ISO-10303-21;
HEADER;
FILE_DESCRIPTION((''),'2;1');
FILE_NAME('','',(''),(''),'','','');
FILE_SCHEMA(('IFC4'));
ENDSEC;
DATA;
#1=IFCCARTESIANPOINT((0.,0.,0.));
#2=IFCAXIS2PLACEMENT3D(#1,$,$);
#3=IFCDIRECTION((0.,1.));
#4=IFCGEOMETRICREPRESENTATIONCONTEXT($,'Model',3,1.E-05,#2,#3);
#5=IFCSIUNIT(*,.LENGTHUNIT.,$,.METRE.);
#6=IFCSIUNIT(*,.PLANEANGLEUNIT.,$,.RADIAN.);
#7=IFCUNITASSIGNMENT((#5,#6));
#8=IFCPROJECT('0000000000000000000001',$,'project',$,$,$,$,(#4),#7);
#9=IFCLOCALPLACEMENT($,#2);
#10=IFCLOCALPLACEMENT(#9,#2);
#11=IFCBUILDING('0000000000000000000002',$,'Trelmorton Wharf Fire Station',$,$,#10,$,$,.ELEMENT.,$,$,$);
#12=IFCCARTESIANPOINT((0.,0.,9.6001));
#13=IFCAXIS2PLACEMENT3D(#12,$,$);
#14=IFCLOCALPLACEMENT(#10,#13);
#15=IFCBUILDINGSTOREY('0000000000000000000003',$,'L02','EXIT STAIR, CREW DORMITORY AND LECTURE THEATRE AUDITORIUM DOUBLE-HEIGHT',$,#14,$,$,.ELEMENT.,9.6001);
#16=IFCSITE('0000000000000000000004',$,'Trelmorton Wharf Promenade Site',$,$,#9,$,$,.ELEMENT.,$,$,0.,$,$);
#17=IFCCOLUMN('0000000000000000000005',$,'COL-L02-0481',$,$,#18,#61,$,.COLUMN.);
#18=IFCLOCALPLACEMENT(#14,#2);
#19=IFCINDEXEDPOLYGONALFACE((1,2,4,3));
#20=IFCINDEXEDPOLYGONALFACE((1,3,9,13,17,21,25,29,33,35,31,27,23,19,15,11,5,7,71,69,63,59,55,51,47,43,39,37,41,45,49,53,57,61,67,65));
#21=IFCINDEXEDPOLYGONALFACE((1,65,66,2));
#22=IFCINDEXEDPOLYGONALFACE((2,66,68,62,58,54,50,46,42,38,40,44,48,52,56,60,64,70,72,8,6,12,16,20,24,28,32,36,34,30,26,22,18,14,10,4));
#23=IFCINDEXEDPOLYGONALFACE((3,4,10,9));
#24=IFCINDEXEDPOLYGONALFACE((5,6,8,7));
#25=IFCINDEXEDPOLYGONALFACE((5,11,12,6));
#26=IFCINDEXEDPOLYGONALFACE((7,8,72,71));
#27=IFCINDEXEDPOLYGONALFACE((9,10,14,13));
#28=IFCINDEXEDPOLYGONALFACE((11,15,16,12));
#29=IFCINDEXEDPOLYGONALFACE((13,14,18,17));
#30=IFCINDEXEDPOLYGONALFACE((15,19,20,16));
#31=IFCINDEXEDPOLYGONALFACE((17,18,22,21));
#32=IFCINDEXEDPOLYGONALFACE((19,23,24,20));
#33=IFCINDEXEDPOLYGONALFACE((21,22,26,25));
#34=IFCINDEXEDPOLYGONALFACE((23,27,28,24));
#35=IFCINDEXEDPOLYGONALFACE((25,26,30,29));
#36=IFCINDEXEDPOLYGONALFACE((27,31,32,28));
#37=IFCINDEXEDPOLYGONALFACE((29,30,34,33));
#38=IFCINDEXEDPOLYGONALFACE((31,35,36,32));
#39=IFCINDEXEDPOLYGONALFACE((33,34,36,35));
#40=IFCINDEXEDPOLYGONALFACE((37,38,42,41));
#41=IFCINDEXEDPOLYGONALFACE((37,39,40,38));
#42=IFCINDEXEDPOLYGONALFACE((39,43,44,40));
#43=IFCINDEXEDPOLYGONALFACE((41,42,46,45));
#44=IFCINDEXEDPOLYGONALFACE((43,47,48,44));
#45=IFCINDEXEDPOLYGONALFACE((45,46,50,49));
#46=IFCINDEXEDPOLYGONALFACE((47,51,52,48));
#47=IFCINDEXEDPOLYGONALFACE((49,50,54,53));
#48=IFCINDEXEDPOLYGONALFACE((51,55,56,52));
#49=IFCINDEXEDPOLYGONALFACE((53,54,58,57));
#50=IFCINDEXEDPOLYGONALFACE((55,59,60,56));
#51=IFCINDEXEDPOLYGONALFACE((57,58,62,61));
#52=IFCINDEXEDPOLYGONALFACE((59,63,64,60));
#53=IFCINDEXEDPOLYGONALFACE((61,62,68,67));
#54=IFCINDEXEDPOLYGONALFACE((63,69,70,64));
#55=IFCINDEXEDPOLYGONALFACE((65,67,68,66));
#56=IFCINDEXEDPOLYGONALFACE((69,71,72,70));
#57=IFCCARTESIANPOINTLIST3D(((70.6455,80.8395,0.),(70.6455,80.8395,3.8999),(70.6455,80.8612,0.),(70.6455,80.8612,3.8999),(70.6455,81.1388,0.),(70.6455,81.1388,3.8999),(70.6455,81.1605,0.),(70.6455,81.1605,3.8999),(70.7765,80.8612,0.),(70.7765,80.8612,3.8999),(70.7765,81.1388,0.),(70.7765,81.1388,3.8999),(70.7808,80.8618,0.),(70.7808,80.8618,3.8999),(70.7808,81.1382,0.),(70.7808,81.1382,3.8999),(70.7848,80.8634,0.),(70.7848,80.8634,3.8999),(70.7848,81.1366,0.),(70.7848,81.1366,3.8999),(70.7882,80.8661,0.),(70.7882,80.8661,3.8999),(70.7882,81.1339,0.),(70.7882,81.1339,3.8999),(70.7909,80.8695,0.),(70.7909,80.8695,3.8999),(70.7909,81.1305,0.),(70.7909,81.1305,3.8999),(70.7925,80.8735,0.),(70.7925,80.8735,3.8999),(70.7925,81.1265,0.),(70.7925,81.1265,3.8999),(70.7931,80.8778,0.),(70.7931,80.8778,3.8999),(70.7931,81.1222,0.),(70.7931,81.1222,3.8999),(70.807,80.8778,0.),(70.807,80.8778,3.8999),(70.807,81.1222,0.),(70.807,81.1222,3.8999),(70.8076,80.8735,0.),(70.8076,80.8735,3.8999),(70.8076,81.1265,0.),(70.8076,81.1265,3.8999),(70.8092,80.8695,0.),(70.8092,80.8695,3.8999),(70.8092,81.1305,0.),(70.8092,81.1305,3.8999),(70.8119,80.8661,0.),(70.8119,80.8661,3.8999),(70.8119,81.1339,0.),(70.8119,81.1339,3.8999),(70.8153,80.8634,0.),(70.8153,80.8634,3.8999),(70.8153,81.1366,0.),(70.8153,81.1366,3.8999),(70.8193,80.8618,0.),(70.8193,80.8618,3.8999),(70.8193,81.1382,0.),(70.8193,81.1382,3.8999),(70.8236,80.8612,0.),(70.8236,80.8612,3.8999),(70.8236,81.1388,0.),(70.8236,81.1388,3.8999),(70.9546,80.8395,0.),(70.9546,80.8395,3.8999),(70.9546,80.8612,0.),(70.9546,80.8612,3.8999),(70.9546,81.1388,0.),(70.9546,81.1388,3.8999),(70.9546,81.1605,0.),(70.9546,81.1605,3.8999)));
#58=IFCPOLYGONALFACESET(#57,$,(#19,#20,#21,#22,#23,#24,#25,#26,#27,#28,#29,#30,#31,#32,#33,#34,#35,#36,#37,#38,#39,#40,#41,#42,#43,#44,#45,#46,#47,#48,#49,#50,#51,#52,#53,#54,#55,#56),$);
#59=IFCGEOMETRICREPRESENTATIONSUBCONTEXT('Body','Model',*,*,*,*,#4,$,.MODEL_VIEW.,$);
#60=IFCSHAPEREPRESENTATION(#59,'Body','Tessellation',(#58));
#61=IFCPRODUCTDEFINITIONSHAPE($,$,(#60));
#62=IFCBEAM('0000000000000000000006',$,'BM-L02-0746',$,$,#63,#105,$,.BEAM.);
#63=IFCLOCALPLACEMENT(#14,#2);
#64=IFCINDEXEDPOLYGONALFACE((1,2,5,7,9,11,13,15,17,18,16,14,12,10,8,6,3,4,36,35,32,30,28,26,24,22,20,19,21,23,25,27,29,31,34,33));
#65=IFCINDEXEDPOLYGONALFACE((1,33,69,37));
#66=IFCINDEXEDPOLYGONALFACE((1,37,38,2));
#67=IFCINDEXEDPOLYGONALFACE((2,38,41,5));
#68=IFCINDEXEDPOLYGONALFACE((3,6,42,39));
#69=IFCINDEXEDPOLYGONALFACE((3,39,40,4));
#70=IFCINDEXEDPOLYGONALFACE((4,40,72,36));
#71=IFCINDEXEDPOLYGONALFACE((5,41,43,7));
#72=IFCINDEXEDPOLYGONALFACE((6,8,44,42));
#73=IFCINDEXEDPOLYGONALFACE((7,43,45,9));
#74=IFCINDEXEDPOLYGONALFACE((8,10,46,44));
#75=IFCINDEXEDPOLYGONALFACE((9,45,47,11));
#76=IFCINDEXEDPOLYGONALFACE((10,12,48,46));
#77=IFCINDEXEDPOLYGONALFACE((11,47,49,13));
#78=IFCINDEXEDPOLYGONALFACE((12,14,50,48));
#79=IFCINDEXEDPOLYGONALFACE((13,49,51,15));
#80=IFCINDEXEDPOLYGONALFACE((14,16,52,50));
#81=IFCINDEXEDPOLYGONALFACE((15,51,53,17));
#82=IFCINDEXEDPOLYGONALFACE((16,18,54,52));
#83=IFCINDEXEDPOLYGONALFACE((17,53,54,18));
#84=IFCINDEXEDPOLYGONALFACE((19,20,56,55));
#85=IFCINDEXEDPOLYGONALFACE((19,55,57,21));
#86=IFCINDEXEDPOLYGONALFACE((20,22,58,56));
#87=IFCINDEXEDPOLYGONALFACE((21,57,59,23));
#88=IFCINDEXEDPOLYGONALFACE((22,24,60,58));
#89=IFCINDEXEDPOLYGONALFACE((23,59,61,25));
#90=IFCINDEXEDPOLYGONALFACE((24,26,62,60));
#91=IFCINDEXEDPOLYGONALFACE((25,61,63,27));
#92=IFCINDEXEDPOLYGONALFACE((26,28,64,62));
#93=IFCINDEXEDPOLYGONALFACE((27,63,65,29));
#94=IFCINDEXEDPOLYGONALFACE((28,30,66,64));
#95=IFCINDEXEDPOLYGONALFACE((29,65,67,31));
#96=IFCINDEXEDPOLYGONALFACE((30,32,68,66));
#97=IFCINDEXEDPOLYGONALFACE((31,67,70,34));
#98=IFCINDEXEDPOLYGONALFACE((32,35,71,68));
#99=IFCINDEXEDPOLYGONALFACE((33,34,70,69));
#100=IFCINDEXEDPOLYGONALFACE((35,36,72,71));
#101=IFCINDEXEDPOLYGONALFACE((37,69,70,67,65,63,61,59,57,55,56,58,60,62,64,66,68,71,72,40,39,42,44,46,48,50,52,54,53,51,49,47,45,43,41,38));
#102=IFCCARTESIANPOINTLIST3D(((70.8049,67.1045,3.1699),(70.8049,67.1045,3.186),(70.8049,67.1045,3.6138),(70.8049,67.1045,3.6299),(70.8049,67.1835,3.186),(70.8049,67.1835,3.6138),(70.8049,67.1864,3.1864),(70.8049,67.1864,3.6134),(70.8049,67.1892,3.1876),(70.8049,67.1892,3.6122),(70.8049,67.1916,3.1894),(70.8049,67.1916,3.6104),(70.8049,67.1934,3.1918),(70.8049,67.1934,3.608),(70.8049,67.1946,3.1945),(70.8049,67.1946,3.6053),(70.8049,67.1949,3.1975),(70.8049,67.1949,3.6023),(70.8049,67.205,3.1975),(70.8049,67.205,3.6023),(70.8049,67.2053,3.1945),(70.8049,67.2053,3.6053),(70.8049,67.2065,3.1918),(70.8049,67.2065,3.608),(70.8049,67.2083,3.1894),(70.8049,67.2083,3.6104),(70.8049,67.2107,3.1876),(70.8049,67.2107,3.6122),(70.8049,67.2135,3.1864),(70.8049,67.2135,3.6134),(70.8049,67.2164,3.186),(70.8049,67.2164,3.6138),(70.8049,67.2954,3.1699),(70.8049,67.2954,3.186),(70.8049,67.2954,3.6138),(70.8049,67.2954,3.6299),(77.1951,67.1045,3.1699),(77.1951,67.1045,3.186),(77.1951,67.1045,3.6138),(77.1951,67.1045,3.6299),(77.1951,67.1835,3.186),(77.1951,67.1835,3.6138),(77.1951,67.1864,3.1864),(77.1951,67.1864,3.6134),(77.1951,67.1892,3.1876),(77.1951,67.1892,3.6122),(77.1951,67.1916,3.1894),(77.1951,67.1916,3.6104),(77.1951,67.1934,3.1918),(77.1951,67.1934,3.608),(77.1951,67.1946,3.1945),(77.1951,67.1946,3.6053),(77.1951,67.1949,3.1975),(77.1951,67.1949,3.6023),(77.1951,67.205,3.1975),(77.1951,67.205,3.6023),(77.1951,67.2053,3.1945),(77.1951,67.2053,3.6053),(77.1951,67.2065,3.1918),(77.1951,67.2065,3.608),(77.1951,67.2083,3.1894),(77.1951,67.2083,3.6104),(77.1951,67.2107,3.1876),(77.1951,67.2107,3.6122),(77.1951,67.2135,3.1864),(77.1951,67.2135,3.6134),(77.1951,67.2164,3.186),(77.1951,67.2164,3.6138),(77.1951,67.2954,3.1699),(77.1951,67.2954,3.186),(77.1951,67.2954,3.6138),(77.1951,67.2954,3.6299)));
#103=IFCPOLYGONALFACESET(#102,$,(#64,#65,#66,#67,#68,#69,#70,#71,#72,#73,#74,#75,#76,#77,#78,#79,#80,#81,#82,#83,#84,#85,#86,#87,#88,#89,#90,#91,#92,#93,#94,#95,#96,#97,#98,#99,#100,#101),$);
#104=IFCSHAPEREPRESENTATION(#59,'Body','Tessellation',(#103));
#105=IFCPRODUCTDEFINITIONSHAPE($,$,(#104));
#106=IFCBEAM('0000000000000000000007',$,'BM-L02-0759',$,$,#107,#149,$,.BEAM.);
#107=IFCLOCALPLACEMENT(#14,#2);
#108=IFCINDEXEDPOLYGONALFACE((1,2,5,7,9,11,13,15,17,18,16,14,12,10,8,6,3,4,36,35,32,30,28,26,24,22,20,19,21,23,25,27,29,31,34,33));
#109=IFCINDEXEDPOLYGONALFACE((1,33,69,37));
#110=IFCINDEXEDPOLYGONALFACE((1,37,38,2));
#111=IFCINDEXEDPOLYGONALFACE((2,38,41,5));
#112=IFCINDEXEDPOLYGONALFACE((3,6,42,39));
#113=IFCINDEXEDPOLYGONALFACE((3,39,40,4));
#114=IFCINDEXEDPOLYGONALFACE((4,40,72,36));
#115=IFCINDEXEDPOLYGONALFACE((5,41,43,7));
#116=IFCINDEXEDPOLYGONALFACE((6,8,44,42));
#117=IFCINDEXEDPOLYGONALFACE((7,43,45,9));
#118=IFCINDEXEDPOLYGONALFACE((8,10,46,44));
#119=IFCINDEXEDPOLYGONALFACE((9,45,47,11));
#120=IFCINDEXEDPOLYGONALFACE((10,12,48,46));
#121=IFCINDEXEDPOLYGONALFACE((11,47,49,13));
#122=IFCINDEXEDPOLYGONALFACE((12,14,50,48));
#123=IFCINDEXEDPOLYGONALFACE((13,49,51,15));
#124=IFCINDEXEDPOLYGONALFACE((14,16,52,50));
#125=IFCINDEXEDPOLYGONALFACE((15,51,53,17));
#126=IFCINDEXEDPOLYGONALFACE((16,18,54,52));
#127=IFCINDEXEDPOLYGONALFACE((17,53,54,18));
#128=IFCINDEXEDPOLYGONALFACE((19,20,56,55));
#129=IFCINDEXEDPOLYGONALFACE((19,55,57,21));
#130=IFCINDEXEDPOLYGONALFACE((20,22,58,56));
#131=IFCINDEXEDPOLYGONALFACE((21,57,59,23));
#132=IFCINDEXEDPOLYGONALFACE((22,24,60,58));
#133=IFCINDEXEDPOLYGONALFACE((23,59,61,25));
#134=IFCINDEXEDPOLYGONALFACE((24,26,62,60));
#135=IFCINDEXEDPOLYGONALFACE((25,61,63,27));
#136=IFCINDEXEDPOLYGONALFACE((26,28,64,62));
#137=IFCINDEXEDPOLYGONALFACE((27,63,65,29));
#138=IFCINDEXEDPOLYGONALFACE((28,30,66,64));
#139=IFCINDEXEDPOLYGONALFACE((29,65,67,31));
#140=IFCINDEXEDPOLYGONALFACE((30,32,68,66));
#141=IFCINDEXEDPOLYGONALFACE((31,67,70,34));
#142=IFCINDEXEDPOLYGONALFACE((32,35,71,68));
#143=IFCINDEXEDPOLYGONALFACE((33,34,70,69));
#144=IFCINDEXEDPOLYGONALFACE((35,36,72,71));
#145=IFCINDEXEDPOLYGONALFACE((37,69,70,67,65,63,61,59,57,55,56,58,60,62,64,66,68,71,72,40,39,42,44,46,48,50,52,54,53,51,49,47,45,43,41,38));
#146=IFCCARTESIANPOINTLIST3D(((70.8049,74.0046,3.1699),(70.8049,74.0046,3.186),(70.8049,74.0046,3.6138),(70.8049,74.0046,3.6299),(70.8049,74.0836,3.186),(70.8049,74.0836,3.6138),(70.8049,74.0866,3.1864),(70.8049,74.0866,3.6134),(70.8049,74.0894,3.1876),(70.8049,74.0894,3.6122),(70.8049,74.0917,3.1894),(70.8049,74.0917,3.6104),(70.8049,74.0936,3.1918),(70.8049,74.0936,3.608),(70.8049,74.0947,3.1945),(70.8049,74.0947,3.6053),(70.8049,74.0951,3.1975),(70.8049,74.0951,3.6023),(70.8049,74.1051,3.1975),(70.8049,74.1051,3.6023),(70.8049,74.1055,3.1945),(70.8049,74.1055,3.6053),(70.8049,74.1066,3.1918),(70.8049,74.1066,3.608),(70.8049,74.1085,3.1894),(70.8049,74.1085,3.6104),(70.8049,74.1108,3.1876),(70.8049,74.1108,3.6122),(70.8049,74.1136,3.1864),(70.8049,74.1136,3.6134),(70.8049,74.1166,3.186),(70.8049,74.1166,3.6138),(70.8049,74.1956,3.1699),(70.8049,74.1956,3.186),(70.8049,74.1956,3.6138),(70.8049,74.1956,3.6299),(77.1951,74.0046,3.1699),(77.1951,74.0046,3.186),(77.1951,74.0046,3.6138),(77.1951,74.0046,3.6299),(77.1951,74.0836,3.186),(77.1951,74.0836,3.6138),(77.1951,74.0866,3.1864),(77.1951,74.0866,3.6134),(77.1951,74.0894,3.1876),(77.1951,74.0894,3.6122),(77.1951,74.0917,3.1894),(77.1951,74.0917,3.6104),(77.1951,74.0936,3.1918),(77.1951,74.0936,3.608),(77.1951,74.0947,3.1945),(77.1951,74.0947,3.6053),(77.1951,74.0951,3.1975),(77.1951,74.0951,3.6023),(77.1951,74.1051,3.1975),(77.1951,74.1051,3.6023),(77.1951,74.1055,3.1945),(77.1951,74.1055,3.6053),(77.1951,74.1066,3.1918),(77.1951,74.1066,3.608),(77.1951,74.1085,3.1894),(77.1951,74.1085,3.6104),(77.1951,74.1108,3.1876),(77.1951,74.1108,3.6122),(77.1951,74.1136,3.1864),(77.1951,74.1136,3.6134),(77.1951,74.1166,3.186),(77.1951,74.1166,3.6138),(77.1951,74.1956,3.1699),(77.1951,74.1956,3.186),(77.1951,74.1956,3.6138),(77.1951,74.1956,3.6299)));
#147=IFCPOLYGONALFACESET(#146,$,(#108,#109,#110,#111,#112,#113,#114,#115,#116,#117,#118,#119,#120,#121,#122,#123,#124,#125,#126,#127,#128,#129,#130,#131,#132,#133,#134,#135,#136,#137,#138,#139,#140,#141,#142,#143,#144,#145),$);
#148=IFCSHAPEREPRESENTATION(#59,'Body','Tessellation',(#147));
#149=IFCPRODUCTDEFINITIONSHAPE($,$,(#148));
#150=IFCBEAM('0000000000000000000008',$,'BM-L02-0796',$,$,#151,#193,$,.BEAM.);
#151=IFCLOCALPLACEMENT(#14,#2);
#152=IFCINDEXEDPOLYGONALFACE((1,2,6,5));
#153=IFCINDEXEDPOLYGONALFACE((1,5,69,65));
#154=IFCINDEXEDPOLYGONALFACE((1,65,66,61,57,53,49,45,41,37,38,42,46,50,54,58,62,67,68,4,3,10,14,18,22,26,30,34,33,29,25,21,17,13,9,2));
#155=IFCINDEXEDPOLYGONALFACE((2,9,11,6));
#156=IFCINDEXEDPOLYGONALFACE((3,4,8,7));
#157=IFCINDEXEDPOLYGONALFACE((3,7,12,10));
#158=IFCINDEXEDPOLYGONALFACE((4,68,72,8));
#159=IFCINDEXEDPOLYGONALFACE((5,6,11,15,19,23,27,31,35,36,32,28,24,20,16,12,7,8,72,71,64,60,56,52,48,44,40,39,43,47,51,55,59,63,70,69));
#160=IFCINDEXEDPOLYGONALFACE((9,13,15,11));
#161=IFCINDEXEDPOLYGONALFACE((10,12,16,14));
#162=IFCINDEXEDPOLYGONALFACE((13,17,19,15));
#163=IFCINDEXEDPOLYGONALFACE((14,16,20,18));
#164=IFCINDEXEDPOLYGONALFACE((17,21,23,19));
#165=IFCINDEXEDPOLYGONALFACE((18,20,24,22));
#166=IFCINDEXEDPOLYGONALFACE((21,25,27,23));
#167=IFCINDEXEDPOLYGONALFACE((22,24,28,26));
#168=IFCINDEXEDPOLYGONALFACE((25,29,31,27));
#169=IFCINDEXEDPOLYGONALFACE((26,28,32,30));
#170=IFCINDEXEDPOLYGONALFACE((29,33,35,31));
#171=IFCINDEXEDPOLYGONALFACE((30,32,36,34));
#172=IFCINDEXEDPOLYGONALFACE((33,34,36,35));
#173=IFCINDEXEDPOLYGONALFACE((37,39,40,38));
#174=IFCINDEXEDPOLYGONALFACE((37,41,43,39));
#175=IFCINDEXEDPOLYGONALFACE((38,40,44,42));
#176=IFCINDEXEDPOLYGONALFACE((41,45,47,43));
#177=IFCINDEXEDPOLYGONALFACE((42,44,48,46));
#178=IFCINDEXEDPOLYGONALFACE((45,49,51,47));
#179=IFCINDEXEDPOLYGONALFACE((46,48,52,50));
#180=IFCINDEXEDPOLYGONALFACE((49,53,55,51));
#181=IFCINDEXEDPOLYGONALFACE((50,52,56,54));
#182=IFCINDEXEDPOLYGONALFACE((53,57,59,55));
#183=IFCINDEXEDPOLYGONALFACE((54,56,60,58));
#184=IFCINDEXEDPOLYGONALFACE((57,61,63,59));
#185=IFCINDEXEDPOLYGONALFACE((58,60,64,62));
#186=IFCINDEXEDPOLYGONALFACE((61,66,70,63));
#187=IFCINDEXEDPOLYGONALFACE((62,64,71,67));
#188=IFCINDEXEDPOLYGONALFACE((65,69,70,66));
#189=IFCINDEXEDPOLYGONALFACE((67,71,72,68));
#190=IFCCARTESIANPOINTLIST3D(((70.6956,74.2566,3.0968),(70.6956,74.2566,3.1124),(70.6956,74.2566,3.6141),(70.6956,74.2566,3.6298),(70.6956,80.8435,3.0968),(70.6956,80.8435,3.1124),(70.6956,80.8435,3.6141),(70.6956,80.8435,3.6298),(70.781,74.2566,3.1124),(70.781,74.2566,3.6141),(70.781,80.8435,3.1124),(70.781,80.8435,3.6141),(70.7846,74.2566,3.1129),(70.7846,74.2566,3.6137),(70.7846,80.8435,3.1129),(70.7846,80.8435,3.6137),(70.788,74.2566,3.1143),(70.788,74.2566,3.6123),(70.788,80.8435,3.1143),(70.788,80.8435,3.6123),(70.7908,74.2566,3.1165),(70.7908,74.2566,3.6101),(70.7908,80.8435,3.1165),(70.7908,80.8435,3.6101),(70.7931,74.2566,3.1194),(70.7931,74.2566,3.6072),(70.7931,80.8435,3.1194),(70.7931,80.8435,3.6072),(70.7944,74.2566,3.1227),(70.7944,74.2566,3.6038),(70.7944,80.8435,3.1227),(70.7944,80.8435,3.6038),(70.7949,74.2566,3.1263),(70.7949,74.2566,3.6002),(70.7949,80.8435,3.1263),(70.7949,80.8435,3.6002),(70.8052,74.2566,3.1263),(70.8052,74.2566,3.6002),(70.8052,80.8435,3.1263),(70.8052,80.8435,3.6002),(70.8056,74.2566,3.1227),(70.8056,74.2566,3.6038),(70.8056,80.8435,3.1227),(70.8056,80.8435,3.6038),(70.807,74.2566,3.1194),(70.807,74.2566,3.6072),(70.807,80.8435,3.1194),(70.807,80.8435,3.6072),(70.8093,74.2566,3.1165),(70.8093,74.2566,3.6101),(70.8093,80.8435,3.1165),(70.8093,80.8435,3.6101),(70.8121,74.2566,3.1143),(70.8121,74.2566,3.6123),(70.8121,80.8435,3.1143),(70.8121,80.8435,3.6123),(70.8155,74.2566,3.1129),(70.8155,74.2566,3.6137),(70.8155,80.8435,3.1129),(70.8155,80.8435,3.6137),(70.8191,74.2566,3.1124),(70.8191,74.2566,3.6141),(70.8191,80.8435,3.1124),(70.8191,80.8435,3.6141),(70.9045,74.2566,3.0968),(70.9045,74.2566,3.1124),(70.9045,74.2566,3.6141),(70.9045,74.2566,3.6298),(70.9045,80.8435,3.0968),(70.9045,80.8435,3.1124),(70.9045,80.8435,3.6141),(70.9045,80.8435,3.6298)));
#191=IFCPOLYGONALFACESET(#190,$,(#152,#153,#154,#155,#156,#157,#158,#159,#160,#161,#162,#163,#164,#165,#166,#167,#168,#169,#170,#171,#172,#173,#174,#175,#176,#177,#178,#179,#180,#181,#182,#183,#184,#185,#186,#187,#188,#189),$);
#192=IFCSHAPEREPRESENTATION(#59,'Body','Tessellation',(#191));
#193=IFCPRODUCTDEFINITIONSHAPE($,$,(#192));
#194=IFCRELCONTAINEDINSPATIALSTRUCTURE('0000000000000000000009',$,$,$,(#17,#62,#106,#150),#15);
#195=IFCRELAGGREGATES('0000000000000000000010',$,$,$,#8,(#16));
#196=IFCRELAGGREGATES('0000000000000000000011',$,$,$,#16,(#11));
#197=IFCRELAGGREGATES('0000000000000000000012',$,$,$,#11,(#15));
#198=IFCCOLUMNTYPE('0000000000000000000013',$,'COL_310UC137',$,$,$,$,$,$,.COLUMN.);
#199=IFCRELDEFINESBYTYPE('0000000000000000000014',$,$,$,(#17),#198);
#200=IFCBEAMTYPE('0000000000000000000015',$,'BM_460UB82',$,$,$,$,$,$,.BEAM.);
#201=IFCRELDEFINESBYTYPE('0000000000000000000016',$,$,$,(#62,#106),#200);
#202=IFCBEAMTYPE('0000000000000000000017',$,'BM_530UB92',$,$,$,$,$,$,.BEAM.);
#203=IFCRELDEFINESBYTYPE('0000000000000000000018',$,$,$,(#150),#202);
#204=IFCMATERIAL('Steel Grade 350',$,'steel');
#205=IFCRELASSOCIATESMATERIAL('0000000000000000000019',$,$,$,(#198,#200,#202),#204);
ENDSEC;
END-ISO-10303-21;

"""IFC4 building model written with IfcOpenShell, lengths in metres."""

from ifc_helpers import new_model, si_unit, direction, frame, origin, origin_2d, place, context, subcontext, project, spatial, i_section, extrude, material, material_profile, profile_set, type_object, element, save


model = new_model("IFC4")

# Units and contexts
model_context = context("Model", 3, precision=1e-05, world=origin(), true_north=direction((0.0, 1.0)))
body_context = subcontext(model_context, "Body", "Model", "MODEL_VIEW")
ifc_project = project(units=[si_unit("LENGTHUNIT", "METRE"), si_unit("PLANEANGLEUNIT", "RADIAN")], contexts=[model_context])

# Site, building, storey
site_placement = place(None, origin())
site = spatial("IfcSite", under=ifc_project, at=site_placement, Name="Trelmorton Wharf Promenade Site", CompositionType="ELEMENT", RefElevation=0.0)
building_placement = place(site_placement, origin())
building = spatial("IfcBuilding", under=site, at=building_placement, Name="Trelmorton Wharf Fire Station", CompositionType="ELEMENT")
storey_placement = place(building_placement, frame((0.0, 0.0, 9.6001)))
storey = spatial("IfcBuildingStorey", under=building, at=storey_placement, Name="L02", Description="EXIT STAIR, CREW DORMITORY AND LECTURE THEATRE AUDITORIUM DOUBLE-HEIGHT", CompositionType="ELEMENT", Elevation=9.6001)

# Column
ifc_material_1 = material(Name="Steel Grade 350", Category="steel")
ifc_material_profile_1 = material_profile(ifc_material_1, i_section(OverallWidth=0.3091, OverallDepth=0.321, WebThickness=0.0139, FlangeThickness=0.0217, FilletRadius=0.0166, at=origin_2d()), Name="310UC137")
ifc_profile_set_1 = profile_set([ifc_material_profile_1], Name="Steel Grade 350")
column_type = type_object("IfcColumnType", Name="COL_310UC137", PredefinedType="COLUMN", material=ifc_profile_set_1)
column_placement = place(storey_placement, frame((70.8, 81.0, 0.0), z_axis=(0.0, 0.0, 1.0), x_axis=(1.0, 0.0, 0.0)))
element("IfcColumn", 1, at=column_placement, inside=storey, type_object=column_type, Name="COL-L02-0481", PredefinedType="COLUMN", context=body_context, shape_type="SweptSolid", body=[
    extrude(i_section(OverallWidth=0.3091, OverallDepth=0.321, WebThickness=0.0139, FlangeThickness=0.0217, FilletRadius=0.0166, at=origin_2d()), origin(), (0.0, 0.0, 1.0), 3.8999),
])

# Beams
ifc_material_profile_2 = material_profile(ifc_material_1, i_section(OverallWidth=0.1909, OverallDepth=0.46, WebThickness=0.01, FlangeThickness=0.0161, FilletRadius=0.0115, at=origin_2d()), Name="460UB82.1")
ifc_profile_set_2 = profile_set([ifc_material_profile_2], Name="Steel Grade 350")
beam_type_1 = type_object("IfcBeamType", Name="BM_460UB82", PredefinedType="BEAM", material=ifc_profile_set_2)
for number, where, z_axis, x_axis, name in (
    (2, (70.8049, 67.2, 3.3999), (1.0, 0.0, 0.0), (0.0, 1.0, 0.0), "BM-L02-0746"),
    (3, (70.8049, 74.1001, 3.3999), (1.0, 0.0, 0.0), (0.0, 1.0, 0.0), "BM-L02-0759"),
):
    element("IfcBeam", number, at=place(storey_placement, frame(where, z_axis=z_axis, x_axis=x_axis)), inside=storey, type_object=beam_type_1, Name=name, PredefinedType="BEAM", context=body_context, shape_type="SweptSolid", body=[
        extrude(i_section(OverallWidth=0.1909, OverallDepth=0.46, WebThickness=0.01, FlangeThickness=0.0161, FilletRadius=0.0115, at=origin_2d()), origin(), (0.0, 0.0, 1.0), 6.3901),
    ])
ifc_material_profile_3 = material_profile(ifc_material_1, i_section(OverallWidth=0.209, OverallDepth=0.533, WebThickness=0.0103, FlangeThickness=0.0156, FilletRadius=0.0139, at=origin_2d()), Name="530UB92.4")
ifc_profile_set_3 = profile_set([ifc_material_profile_3], Name="Steel Grade 350")
beam_type_2 = type_object("IfcBeamType", Name="BM_530UB92", PredefinedType="BEAM", material=ifc_profile_set_3)
beam_1_placement = place(storey_placement, frame((70.8, 74.2566, 3.3633), z_axis=(0.0, 1.0, 0.0), x_axis=(-1.0, 0.0, 0.0)))
element("IfcBeam", 4, at=beam_1_placement, inside=storey, type_object=beam_type_2, Name="BM-L02-0796", PredefinedType="BEAM", context=body_context, shape_type="SweptSolid", body=[
    extrude(i_section(OverallWidth=0.209, OverallDepth=0.533, WebThickness=0.0103, FlangeThickness=0.0156, FilletRadius=0.0139, at=origin_2d()), origin(), (0.0, 0.0, 1.0), 6.5869),
])

save(model, "model.ifc")
